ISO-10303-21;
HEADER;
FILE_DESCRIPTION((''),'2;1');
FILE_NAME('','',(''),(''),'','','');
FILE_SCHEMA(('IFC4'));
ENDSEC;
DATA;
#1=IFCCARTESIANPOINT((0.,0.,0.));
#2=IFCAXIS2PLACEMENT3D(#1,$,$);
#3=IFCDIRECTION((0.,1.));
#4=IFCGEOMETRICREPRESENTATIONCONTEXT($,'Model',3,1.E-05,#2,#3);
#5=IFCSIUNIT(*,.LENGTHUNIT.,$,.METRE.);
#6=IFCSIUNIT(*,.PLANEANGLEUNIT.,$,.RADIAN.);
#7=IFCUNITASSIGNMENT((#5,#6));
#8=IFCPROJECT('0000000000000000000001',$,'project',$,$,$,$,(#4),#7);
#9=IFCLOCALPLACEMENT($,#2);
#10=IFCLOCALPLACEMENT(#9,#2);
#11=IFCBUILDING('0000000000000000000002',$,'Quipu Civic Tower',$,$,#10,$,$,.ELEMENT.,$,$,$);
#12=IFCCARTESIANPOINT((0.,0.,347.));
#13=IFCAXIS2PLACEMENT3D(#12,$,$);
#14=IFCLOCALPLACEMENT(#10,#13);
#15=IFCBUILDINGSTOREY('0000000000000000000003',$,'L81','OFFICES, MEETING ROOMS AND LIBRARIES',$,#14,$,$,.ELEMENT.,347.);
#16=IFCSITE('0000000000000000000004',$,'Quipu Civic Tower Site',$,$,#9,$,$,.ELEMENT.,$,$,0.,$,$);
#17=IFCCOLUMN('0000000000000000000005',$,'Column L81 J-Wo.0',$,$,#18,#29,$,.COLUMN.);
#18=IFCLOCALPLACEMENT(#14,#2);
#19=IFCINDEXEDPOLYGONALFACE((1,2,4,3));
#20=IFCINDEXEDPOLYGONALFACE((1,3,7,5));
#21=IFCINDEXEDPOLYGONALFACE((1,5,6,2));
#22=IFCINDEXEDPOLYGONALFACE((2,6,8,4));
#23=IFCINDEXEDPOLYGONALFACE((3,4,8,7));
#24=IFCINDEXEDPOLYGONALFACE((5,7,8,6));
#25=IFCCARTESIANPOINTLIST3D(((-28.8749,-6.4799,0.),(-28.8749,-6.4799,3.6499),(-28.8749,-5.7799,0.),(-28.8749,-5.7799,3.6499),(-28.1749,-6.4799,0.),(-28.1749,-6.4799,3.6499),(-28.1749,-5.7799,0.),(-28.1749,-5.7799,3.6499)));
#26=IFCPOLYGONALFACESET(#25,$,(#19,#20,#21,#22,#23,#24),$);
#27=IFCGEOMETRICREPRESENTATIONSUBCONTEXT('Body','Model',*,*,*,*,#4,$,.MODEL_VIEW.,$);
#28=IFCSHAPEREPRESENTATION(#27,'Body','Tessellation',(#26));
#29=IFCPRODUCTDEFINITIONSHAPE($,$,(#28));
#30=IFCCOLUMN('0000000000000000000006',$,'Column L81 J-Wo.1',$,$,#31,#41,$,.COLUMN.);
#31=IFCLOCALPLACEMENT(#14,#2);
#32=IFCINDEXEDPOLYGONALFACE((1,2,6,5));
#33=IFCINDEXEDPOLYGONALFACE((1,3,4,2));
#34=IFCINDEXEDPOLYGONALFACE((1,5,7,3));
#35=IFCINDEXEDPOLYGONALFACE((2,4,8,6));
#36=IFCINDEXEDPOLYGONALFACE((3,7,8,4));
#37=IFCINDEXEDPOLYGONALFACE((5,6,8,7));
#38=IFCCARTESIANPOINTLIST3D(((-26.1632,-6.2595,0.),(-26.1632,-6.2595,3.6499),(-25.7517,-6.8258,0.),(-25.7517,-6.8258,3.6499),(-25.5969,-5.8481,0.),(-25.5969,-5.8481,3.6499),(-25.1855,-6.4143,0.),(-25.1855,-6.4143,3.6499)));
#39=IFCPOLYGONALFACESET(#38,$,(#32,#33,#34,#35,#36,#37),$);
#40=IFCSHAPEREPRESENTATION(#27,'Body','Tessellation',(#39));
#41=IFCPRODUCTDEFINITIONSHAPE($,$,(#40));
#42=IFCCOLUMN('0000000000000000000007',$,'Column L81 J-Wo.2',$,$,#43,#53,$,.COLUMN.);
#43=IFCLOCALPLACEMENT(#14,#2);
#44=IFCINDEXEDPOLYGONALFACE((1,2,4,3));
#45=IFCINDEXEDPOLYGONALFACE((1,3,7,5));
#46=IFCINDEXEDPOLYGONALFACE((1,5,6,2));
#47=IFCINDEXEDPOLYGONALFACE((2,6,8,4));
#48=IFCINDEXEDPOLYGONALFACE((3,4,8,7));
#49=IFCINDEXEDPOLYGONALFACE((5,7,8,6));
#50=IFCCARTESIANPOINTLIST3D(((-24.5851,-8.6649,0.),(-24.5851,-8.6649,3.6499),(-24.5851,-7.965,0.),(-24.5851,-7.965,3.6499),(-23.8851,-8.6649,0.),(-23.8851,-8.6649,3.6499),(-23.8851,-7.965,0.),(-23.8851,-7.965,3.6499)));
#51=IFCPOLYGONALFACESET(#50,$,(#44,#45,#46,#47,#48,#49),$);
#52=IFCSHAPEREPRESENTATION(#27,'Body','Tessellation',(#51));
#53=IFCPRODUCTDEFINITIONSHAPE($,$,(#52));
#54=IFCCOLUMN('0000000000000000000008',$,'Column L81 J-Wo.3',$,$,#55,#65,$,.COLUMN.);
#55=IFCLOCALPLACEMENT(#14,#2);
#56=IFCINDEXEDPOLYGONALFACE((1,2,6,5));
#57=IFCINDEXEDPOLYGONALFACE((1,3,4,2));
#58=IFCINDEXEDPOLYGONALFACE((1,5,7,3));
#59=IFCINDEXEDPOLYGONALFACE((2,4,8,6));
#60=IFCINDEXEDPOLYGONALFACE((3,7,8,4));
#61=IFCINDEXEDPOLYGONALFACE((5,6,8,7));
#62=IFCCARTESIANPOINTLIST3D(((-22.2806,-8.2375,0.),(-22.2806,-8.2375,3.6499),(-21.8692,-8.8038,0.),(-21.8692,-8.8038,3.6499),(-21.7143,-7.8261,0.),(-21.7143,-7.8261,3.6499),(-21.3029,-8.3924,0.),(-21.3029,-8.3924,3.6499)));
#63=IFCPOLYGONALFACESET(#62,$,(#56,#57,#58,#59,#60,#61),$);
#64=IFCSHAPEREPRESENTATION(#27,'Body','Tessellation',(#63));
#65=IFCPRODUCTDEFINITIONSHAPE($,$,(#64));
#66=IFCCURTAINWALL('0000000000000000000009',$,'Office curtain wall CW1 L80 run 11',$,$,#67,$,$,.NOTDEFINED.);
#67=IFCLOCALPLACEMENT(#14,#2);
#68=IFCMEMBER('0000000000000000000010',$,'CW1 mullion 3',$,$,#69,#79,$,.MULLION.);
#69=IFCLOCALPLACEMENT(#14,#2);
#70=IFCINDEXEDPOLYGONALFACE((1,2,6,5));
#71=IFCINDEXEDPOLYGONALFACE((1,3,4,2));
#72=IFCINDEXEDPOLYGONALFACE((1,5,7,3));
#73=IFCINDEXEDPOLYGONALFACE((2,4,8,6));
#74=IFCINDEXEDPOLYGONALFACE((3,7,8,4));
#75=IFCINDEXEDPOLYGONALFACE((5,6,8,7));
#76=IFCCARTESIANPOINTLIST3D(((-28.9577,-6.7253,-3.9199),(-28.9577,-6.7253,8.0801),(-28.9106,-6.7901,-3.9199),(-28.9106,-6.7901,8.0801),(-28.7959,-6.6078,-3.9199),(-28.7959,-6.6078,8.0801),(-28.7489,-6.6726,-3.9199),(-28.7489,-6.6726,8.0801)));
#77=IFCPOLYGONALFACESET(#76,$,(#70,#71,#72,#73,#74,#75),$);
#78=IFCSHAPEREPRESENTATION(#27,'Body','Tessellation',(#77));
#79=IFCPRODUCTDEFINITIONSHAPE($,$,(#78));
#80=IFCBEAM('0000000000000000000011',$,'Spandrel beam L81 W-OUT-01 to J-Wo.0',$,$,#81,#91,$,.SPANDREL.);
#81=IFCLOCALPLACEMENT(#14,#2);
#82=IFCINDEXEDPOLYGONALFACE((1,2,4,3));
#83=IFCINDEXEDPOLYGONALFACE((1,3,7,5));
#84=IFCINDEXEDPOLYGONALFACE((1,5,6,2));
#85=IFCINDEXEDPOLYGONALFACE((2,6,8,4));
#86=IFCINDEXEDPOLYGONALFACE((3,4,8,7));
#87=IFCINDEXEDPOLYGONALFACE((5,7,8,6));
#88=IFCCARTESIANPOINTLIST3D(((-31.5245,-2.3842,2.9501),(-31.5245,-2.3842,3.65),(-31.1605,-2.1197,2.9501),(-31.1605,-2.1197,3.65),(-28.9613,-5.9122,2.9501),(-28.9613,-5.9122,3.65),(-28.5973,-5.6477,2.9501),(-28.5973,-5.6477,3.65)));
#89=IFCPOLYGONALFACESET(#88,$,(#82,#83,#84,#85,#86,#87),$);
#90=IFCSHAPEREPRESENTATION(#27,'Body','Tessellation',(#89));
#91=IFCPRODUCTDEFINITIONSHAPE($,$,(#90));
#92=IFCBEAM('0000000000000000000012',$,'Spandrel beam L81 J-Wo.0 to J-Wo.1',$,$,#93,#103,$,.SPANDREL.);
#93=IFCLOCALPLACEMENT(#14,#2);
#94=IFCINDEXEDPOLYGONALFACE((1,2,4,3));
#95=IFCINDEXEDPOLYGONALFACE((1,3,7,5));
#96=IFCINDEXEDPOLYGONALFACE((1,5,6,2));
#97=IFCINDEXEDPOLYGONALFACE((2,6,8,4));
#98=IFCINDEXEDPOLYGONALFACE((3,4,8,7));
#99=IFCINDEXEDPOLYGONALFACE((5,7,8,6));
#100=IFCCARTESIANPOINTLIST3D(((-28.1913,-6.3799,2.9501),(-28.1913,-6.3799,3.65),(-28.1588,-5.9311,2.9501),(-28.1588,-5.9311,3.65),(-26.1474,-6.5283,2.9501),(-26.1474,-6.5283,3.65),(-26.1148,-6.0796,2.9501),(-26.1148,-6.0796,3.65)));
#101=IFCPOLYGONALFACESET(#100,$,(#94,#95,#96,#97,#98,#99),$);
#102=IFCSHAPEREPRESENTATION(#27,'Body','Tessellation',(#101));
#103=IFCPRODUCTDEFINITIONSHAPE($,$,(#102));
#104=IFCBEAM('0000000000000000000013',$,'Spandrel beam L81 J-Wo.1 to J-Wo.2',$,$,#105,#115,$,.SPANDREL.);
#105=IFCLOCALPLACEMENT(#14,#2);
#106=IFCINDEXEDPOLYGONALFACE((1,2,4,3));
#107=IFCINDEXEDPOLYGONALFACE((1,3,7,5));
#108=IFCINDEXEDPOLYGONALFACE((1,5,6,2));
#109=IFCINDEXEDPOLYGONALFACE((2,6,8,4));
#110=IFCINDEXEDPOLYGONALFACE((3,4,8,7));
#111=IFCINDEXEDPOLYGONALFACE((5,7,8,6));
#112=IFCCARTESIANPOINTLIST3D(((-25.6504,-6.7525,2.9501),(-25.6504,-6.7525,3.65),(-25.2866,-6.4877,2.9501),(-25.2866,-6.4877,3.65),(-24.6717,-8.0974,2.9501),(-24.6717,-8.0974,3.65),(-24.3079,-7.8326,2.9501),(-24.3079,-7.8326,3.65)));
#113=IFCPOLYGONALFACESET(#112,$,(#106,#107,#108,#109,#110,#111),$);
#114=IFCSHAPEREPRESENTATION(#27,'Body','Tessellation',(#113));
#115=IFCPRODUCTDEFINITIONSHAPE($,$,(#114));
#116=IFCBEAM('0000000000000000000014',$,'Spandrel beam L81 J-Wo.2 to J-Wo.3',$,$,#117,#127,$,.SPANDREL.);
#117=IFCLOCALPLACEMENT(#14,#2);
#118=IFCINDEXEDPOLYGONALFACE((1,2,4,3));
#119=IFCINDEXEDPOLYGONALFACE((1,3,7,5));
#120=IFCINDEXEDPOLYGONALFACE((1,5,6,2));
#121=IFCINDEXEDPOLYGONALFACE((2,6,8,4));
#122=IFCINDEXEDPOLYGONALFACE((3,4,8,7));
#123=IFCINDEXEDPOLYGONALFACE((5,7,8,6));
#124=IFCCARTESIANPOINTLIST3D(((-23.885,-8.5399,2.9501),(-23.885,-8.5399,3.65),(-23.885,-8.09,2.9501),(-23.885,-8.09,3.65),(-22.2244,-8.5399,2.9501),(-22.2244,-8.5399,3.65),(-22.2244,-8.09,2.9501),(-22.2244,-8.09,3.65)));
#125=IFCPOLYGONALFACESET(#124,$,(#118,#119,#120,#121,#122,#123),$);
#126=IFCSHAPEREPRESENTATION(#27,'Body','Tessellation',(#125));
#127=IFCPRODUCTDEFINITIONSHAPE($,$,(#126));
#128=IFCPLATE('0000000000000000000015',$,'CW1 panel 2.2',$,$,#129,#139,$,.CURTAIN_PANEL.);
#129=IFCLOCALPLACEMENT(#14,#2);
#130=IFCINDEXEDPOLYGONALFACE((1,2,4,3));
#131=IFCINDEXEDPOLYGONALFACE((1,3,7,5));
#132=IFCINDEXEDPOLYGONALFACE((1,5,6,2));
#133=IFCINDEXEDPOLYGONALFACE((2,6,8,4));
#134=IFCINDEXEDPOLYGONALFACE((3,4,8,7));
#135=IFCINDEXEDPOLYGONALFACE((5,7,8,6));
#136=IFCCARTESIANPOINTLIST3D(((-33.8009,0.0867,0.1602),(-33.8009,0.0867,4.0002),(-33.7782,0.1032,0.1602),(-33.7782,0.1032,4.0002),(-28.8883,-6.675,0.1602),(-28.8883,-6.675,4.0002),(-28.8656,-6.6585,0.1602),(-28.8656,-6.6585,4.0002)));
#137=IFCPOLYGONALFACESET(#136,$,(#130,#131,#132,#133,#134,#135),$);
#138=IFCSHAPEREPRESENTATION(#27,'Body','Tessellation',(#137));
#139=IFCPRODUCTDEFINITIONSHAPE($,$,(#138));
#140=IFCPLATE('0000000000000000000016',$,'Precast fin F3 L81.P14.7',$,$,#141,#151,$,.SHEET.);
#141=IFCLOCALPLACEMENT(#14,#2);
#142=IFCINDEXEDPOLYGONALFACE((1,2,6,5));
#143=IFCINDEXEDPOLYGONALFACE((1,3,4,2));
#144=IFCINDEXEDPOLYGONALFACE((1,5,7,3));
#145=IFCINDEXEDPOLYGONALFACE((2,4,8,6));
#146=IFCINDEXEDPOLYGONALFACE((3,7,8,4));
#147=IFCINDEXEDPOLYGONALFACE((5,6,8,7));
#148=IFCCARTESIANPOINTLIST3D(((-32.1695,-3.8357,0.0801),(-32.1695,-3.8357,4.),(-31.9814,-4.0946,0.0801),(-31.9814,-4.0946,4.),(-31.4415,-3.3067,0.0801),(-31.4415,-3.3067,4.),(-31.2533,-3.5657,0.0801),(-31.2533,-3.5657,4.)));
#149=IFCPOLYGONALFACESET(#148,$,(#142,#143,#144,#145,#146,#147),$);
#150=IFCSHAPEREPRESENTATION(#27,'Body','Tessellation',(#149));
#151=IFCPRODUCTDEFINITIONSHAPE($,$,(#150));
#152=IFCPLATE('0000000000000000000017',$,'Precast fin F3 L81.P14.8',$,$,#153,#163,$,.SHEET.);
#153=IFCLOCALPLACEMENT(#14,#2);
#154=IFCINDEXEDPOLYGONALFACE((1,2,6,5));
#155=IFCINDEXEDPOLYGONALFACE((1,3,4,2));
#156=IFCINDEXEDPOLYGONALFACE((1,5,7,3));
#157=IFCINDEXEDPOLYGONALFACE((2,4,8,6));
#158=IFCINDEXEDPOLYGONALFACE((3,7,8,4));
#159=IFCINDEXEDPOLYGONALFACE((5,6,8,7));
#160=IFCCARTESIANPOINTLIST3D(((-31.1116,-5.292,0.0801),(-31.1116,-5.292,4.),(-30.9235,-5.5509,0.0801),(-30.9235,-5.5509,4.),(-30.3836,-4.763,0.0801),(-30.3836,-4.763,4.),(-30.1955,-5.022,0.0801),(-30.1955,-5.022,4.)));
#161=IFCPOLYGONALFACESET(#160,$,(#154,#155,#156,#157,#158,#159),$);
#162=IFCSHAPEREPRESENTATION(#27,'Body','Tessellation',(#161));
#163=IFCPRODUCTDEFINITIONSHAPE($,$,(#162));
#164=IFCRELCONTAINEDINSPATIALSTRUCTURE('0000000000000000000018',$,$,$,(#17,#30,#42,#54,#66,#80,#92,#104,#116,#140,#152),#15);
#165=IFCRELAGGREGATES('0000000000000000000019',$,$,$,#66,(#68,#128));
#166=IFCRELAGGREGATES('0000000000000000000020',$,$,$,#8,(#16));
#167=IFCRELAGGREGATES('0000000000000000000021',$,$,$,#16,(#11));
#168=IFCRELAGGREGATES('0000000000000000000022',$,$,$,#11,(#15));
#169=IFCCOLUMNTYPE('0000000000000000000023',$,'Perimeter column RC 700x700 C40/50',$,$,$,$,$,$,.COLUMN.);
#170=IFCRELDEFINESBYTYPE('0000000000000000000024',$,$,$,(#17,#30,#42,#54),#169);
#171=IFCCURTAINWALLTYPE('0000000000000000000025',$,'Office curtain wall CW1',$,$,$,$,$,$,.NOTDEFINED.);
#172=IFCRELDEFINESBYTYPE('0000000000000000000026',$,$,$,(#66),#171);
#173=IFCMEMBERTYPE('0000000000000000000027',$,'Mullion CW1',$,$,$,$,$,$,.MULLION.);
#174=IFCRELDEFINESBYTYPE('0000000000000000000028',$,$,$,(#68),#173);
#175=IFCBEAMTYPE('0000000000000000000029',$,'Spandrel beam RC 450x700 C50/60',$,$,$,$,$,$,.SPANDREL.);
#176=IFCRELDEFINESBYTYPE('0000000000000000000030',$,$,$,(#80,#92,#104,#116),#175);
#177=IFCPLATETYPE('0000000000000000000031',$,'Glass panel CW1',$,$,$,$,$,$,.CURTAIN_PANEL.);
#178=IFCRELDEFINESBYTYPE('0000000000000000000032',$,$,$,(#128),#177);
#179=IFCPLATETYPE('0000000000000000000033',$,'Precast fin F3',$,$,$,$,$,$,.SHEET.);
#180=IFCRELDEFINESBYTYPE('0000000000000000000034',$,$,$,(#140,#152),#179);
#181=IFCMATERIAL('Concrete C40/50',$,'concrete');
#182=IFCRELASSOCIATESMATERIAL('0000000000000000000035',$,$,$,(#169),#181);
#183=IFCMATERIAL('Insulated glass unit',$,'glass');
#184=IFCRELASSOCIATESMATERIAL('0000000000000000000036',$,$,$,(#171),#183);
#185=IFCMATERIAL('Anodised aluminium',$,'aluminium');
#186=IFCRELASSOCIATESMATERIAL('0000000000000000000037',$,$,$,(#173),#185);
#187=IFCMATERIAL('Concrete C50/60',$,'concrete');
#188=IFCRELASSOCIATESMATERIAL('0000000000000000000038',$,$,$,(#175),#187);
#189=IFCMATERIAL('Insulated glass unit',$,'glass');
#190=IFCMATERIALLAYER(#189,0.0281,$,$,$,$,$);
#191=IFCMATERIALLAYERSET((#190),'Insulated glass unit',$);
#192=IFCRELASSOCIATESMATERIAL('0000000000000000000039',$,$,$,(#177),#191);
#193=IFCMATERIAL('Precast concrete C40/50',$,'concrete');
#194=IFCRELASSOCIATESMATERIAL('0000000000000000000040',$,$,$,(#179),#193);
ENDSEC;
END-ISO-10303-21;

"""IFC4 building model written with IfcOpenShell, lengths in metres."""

from ifc_helpers import new_model, si_unit, direction, frame, origin, origin_2d, place, context, subcontext, project, spatial, rectangle, extrude, material, layer, layer_set, material_profile, profile_set, type_object, element, aggregate, save


model = new_model("IFC4")

# Units and contexts
model_context = context("Model", 3, precision=1e-05, world=origin(), true_north=direction((0.0, 1.0)))
body_context = subcontext(model_context, "Body", "Model", "MODEL_VIEW")
ifc_project = project(units=[si_unit("LENGTHUNIT", "METRE"), si_unit("PLANEANGLEUNIT", "RADIAN")], contexts=[model_context])

# Site, building, storey
site_placement = place(None, origin())
site = spatial("IfcSite", under=ifc_project, at=site_placement, Name="Quipu Civic Tower Site", CompositionType="ELEMENT", RefElevation=0.0)
building_placement = place(site_placement, origin())
building = spatial("IfcBuilding", under=site, at=building_placement, Name="Quipu Civic Tower", CompositionType="ELEMENT")
storey_placement = place(building_placement, frame((0.0, 0.0, 347.0)))
storey = spatial("IfcBuildingStorey", under=building, at=storey_placement, Name="L81", Description="OFFICES, MEETING ROOMS AND LIBRARIES", CompositionType="ELEMENT", Elevation=347.0)

# Columns
ifc_material_1 = material(Name="Concrete C40/50", Category="concrete")
ifc_material_profile_1 = material_profile(ifc_material_1, rectangle(XDim=0.7, YDim=0.7, at=origin_2d()), Name="RC700x700")
ifc_profile_set_1 = profile_set([ifc_material_profile_1], Name="Concrete C40/50")
column_type = type_object("IfcColumnType", Name="Perimeter column RC 700x700 C40/50", PredefinedType="COLUMN", material=ifc_profile_set_1)
for number, where, z_axis, x_axis, name in (
    (1, (-28.5249, -6.1299, 0.0), (0.0, 0.0, 1.0), (1.0, 0.0, 0.0), "Column L81 J-Wo.0"),
    (2, (-25.6743, -6.3369, 0.0), (0.0, 0.0, 1.0), (0.587785, -0.809017, 0.0), "Column L81 J-Wo.1"),
    (3, (-24.2351, -8.3149, 0.0), (0.0, 0.0, 1.0), (1.0, 0.0, 0.0), "Column L81 J-Wo.2"),
    (4, (-21.7917, -8.3149, 0.0), (0.0, 0.0, 1.0), (0.587785, -0.809017, 0.0), "Column L81 J-Wo.3"),
):
    element("IfcColumn", number, at=place(storey_placement, frame(where, z_axis=z_axis, x_axis=x_axis)), inside=storey, type_object=column_type, Name=name, PredefinedType="COLUMN", context=body_context, shape_type="SweptSolid", body=[
        extrude(rectangle(XDim=0.7, YDim=0.7, at=origin_2d()), origin(), (0.0, 0.0, 1.0), 3.6499),
    ])

# Curtain wall, member
ifc_material_2 = material(Name="Insulated glass unit", Category="glass")
curtain_wall_type = type_object("IfcCurtainWallType", Name="Office curtain wall CW1", PredefinedType="NOTDEFINED", material=ifc_material_2)
curtain_wall_placement = place(storey_placement, origin())
curtain_wall = element("IfcCurtainWall", 5, at=curtain_wall_placement, inside=storey, type_object=curtain_wall_type, Name="Office curtain wall CW1 L80 run 11", PredefinedType="NOTDEFINED")
ifc_material_3 = material(Name="Anodised aluminium", Category="aluminium")
ifc_material_profile_2 = material_profile(ifc_material_3, rectangle(XDim=0.2, YDim=0.0801, at=origin_2d()), Name="RECT 200x80")
ifc_profile_set_2 = profile_set([ifc_material_profile_2], Name="Anodised aluminium")
member_type = type_object("IfcMemberType", Name="Mullion CW1", PredefinedType="MULLION", material=ifc_profile_set_2)
member_placement = place(storey_placement, frame((-28.8533, -6.699, -3.9199), z_axis=(0.0, 0.0, 1.0), x_axis=(0.809016, 0.587786, 0.0)))
member = element("IfcMember", 6, at=member_placement, type_object=member_type, Name="CW1 mullion 3", PredefinedType="MULLION", context=body_context, shape_type="SweptSolid", body=[
    extrude(rectangle(XDim=0.2, YDim=0.0801, at=origin_2d()), origin(), (0.0, 0.0, 1.0), 12.0),
])

# Beams
ifc_material_4 = material(Name="Concrete C50/60", Category="concrete")
ifc_material_profile_3 = material_profile(ifc_material_4, rectangle(XDim=0.45, YDim=0.7, at=origin_2d()), Name="RC450x700")
ifc_profile_set_3 = profile_set([ifc_material_profile_3], Name="Concrete C50/60")
beam_type = type_object("IfcBeamType", Name="Spandrel beam RC 450x700 C50/60", PredefinedType="SPANDREL", material=ifc_profile_set_3)
beam_1_placement = place(storey_placement, frame((-31.3425, -2.252, 3.3), z_axis=(0.587776, -0.809024, 0.0), x_axis=(0.809024, 0.587776, 0.0)))
element("IfcBeam", 7, at=beam_1_placement, inside=storey, type_object=beam_type, Name="Spandrel beam L81 W-OUT-01 to J-Wo.0", PredefinedType="SPANDREL", context=body_context, shape_type="SweptSolid", body=[
    extrude(rectangle(XDim=0.45, YDim=0.7, at=origin_2d()), origin(), (0.0, 0.0, 1.0), 4.3608),
])
beam_2_placement = place(storey_placement, frame((-28.175, -6.1555, 3.3), z_axis=(0.997373, -0.072432, 0.0), x_axis=(0.072432, 0.997373, 0.0)))
element("IfcBeam", 8, at=beam_2_placement, inside=storey, type_object=beam_type, Name="Spandrel beam L81 J-Wo.0 to J-Wo.1", PredefinedType="SPANDREL", context=body_context, shape_type="SweptSolid", body=[
    extrude(rectangle(XDim=0.45, YDim=0.7, at=origin_2d()), origin(), (0.0, 0.0, 1.0), 2.0493),
])
beam_3_placement = place(storey_placement, frame((-25.4685, -6.6201, 3.3), z_axis=(0.588407, -0.808565, 0.0), x_axis=(0.808565, 0.588407, 0.0)))
element("IfcBeam", 9, at=beam_3_placement, inside=storey, type_object=beam_type, Name="Spandrel beam L81 J-Wo.1 to J-Wo.2", PredefinedType="SPANDREL", context=body_context, shape_type="SweptSolid", body=[
    extrude(rectangle(XDim=0.45, YDim=0.7, at=origin_2d()), origin(), (0.0, 0.0, 1.0), 1.6633),
])
beam_4_placement = place(storey_placement, frame((-23.885, -8.3149, 3.3), z_axis=(1.0, 0.0, 0.0), x_axis=(0.0, 1.0, 0.0)))
element("IfcBeam", 10, at=beam_4_placement, inside=storey, type_object=beam_type, Name="Spandrel beam L81 J-Wo.2 to J-Wo.3", PredefinedType="SPANDREL", context=body_context, shape_type="SweptSolid", body=[
    extrude(rectangle(XDim=0.45, YDim=0.7, at=origin_2d()), origin(), (0.0, 0.0, 1.0), 1.6606),
])

# Plate
ifc_material_5 = material(Name="Insulated glass unit", Category="glass")
ifc_layer_1 = layer(ifc_material_5, 0.0281)
ifc_layer_set_1 = layer_set([ifc_layer_1], Name="Insulated glass unit")
plate_type_1 = type_object("IfcPlateType", Name="Glass panel CW1", PredefinedType="CURTAIN_PANEL", material=ifc_layer_set_1)
plate_placement = place(storey_placement, frame((-31.3333, -3.2859, 0.1602), z_axis=(0.0, 0.0, 1.0), x_axis=(0.587786, -0.809016, 0.0)))
plate = element("IfcPlate", 11, at=plate_placement, type_object=plate_type_1, Name="CW1 panel 2.2", PredefinedType="CURTAIN_PANEL", context=body_context, shape_type="SweptSolid", body=[
    extrude(rectangle(XDim=8.3579, YDim=0.0281, at=origin_2d()), origin(), (0.0, 0.0, 1.0), 3.8401),
])
aggregate(curtain_wall, [member, plate])

# Plates
ifc_material_6 = material(Name="Precast concrete C40/50", Category="concrete")
plate_type_2 = type_object("IfcPlateType", Name="Precast fin F3", PredefinedType="SHEET", material=ifc_material_6)
for number, where, z_axis, x_axis, name in (
    (12, (-31.7114, -3.7007, 0.0801), (0.0, 0.0, 1.0), (0.587787, -0.809016, 0.0), "Precast fin F3 L81.P14.7"),
    (13, (-30.6536, -5.157, 0.0801), (0.0, 0.0, 1.0), (0.587787, -0.809016, 0.0), "Precast fin F3 L81.P14.8"),
):
    element("IfcPlate", number, at=place(storey_placement, frame(where, z_axis=z_axis, x_axis=x_axis)), inside=storey, type_object=plate_type_2, Name=name, PredefinedType="SHEET", context=body_context, shape_type="SweptSolid", body=[
        extrude(rectangle(XDim=0.3201, YDim=0.8999, at=origin_2d()), origin(), (0.0, 0.0, 1.0), 3.9199),
    ])

save(model, "model.ifc")
